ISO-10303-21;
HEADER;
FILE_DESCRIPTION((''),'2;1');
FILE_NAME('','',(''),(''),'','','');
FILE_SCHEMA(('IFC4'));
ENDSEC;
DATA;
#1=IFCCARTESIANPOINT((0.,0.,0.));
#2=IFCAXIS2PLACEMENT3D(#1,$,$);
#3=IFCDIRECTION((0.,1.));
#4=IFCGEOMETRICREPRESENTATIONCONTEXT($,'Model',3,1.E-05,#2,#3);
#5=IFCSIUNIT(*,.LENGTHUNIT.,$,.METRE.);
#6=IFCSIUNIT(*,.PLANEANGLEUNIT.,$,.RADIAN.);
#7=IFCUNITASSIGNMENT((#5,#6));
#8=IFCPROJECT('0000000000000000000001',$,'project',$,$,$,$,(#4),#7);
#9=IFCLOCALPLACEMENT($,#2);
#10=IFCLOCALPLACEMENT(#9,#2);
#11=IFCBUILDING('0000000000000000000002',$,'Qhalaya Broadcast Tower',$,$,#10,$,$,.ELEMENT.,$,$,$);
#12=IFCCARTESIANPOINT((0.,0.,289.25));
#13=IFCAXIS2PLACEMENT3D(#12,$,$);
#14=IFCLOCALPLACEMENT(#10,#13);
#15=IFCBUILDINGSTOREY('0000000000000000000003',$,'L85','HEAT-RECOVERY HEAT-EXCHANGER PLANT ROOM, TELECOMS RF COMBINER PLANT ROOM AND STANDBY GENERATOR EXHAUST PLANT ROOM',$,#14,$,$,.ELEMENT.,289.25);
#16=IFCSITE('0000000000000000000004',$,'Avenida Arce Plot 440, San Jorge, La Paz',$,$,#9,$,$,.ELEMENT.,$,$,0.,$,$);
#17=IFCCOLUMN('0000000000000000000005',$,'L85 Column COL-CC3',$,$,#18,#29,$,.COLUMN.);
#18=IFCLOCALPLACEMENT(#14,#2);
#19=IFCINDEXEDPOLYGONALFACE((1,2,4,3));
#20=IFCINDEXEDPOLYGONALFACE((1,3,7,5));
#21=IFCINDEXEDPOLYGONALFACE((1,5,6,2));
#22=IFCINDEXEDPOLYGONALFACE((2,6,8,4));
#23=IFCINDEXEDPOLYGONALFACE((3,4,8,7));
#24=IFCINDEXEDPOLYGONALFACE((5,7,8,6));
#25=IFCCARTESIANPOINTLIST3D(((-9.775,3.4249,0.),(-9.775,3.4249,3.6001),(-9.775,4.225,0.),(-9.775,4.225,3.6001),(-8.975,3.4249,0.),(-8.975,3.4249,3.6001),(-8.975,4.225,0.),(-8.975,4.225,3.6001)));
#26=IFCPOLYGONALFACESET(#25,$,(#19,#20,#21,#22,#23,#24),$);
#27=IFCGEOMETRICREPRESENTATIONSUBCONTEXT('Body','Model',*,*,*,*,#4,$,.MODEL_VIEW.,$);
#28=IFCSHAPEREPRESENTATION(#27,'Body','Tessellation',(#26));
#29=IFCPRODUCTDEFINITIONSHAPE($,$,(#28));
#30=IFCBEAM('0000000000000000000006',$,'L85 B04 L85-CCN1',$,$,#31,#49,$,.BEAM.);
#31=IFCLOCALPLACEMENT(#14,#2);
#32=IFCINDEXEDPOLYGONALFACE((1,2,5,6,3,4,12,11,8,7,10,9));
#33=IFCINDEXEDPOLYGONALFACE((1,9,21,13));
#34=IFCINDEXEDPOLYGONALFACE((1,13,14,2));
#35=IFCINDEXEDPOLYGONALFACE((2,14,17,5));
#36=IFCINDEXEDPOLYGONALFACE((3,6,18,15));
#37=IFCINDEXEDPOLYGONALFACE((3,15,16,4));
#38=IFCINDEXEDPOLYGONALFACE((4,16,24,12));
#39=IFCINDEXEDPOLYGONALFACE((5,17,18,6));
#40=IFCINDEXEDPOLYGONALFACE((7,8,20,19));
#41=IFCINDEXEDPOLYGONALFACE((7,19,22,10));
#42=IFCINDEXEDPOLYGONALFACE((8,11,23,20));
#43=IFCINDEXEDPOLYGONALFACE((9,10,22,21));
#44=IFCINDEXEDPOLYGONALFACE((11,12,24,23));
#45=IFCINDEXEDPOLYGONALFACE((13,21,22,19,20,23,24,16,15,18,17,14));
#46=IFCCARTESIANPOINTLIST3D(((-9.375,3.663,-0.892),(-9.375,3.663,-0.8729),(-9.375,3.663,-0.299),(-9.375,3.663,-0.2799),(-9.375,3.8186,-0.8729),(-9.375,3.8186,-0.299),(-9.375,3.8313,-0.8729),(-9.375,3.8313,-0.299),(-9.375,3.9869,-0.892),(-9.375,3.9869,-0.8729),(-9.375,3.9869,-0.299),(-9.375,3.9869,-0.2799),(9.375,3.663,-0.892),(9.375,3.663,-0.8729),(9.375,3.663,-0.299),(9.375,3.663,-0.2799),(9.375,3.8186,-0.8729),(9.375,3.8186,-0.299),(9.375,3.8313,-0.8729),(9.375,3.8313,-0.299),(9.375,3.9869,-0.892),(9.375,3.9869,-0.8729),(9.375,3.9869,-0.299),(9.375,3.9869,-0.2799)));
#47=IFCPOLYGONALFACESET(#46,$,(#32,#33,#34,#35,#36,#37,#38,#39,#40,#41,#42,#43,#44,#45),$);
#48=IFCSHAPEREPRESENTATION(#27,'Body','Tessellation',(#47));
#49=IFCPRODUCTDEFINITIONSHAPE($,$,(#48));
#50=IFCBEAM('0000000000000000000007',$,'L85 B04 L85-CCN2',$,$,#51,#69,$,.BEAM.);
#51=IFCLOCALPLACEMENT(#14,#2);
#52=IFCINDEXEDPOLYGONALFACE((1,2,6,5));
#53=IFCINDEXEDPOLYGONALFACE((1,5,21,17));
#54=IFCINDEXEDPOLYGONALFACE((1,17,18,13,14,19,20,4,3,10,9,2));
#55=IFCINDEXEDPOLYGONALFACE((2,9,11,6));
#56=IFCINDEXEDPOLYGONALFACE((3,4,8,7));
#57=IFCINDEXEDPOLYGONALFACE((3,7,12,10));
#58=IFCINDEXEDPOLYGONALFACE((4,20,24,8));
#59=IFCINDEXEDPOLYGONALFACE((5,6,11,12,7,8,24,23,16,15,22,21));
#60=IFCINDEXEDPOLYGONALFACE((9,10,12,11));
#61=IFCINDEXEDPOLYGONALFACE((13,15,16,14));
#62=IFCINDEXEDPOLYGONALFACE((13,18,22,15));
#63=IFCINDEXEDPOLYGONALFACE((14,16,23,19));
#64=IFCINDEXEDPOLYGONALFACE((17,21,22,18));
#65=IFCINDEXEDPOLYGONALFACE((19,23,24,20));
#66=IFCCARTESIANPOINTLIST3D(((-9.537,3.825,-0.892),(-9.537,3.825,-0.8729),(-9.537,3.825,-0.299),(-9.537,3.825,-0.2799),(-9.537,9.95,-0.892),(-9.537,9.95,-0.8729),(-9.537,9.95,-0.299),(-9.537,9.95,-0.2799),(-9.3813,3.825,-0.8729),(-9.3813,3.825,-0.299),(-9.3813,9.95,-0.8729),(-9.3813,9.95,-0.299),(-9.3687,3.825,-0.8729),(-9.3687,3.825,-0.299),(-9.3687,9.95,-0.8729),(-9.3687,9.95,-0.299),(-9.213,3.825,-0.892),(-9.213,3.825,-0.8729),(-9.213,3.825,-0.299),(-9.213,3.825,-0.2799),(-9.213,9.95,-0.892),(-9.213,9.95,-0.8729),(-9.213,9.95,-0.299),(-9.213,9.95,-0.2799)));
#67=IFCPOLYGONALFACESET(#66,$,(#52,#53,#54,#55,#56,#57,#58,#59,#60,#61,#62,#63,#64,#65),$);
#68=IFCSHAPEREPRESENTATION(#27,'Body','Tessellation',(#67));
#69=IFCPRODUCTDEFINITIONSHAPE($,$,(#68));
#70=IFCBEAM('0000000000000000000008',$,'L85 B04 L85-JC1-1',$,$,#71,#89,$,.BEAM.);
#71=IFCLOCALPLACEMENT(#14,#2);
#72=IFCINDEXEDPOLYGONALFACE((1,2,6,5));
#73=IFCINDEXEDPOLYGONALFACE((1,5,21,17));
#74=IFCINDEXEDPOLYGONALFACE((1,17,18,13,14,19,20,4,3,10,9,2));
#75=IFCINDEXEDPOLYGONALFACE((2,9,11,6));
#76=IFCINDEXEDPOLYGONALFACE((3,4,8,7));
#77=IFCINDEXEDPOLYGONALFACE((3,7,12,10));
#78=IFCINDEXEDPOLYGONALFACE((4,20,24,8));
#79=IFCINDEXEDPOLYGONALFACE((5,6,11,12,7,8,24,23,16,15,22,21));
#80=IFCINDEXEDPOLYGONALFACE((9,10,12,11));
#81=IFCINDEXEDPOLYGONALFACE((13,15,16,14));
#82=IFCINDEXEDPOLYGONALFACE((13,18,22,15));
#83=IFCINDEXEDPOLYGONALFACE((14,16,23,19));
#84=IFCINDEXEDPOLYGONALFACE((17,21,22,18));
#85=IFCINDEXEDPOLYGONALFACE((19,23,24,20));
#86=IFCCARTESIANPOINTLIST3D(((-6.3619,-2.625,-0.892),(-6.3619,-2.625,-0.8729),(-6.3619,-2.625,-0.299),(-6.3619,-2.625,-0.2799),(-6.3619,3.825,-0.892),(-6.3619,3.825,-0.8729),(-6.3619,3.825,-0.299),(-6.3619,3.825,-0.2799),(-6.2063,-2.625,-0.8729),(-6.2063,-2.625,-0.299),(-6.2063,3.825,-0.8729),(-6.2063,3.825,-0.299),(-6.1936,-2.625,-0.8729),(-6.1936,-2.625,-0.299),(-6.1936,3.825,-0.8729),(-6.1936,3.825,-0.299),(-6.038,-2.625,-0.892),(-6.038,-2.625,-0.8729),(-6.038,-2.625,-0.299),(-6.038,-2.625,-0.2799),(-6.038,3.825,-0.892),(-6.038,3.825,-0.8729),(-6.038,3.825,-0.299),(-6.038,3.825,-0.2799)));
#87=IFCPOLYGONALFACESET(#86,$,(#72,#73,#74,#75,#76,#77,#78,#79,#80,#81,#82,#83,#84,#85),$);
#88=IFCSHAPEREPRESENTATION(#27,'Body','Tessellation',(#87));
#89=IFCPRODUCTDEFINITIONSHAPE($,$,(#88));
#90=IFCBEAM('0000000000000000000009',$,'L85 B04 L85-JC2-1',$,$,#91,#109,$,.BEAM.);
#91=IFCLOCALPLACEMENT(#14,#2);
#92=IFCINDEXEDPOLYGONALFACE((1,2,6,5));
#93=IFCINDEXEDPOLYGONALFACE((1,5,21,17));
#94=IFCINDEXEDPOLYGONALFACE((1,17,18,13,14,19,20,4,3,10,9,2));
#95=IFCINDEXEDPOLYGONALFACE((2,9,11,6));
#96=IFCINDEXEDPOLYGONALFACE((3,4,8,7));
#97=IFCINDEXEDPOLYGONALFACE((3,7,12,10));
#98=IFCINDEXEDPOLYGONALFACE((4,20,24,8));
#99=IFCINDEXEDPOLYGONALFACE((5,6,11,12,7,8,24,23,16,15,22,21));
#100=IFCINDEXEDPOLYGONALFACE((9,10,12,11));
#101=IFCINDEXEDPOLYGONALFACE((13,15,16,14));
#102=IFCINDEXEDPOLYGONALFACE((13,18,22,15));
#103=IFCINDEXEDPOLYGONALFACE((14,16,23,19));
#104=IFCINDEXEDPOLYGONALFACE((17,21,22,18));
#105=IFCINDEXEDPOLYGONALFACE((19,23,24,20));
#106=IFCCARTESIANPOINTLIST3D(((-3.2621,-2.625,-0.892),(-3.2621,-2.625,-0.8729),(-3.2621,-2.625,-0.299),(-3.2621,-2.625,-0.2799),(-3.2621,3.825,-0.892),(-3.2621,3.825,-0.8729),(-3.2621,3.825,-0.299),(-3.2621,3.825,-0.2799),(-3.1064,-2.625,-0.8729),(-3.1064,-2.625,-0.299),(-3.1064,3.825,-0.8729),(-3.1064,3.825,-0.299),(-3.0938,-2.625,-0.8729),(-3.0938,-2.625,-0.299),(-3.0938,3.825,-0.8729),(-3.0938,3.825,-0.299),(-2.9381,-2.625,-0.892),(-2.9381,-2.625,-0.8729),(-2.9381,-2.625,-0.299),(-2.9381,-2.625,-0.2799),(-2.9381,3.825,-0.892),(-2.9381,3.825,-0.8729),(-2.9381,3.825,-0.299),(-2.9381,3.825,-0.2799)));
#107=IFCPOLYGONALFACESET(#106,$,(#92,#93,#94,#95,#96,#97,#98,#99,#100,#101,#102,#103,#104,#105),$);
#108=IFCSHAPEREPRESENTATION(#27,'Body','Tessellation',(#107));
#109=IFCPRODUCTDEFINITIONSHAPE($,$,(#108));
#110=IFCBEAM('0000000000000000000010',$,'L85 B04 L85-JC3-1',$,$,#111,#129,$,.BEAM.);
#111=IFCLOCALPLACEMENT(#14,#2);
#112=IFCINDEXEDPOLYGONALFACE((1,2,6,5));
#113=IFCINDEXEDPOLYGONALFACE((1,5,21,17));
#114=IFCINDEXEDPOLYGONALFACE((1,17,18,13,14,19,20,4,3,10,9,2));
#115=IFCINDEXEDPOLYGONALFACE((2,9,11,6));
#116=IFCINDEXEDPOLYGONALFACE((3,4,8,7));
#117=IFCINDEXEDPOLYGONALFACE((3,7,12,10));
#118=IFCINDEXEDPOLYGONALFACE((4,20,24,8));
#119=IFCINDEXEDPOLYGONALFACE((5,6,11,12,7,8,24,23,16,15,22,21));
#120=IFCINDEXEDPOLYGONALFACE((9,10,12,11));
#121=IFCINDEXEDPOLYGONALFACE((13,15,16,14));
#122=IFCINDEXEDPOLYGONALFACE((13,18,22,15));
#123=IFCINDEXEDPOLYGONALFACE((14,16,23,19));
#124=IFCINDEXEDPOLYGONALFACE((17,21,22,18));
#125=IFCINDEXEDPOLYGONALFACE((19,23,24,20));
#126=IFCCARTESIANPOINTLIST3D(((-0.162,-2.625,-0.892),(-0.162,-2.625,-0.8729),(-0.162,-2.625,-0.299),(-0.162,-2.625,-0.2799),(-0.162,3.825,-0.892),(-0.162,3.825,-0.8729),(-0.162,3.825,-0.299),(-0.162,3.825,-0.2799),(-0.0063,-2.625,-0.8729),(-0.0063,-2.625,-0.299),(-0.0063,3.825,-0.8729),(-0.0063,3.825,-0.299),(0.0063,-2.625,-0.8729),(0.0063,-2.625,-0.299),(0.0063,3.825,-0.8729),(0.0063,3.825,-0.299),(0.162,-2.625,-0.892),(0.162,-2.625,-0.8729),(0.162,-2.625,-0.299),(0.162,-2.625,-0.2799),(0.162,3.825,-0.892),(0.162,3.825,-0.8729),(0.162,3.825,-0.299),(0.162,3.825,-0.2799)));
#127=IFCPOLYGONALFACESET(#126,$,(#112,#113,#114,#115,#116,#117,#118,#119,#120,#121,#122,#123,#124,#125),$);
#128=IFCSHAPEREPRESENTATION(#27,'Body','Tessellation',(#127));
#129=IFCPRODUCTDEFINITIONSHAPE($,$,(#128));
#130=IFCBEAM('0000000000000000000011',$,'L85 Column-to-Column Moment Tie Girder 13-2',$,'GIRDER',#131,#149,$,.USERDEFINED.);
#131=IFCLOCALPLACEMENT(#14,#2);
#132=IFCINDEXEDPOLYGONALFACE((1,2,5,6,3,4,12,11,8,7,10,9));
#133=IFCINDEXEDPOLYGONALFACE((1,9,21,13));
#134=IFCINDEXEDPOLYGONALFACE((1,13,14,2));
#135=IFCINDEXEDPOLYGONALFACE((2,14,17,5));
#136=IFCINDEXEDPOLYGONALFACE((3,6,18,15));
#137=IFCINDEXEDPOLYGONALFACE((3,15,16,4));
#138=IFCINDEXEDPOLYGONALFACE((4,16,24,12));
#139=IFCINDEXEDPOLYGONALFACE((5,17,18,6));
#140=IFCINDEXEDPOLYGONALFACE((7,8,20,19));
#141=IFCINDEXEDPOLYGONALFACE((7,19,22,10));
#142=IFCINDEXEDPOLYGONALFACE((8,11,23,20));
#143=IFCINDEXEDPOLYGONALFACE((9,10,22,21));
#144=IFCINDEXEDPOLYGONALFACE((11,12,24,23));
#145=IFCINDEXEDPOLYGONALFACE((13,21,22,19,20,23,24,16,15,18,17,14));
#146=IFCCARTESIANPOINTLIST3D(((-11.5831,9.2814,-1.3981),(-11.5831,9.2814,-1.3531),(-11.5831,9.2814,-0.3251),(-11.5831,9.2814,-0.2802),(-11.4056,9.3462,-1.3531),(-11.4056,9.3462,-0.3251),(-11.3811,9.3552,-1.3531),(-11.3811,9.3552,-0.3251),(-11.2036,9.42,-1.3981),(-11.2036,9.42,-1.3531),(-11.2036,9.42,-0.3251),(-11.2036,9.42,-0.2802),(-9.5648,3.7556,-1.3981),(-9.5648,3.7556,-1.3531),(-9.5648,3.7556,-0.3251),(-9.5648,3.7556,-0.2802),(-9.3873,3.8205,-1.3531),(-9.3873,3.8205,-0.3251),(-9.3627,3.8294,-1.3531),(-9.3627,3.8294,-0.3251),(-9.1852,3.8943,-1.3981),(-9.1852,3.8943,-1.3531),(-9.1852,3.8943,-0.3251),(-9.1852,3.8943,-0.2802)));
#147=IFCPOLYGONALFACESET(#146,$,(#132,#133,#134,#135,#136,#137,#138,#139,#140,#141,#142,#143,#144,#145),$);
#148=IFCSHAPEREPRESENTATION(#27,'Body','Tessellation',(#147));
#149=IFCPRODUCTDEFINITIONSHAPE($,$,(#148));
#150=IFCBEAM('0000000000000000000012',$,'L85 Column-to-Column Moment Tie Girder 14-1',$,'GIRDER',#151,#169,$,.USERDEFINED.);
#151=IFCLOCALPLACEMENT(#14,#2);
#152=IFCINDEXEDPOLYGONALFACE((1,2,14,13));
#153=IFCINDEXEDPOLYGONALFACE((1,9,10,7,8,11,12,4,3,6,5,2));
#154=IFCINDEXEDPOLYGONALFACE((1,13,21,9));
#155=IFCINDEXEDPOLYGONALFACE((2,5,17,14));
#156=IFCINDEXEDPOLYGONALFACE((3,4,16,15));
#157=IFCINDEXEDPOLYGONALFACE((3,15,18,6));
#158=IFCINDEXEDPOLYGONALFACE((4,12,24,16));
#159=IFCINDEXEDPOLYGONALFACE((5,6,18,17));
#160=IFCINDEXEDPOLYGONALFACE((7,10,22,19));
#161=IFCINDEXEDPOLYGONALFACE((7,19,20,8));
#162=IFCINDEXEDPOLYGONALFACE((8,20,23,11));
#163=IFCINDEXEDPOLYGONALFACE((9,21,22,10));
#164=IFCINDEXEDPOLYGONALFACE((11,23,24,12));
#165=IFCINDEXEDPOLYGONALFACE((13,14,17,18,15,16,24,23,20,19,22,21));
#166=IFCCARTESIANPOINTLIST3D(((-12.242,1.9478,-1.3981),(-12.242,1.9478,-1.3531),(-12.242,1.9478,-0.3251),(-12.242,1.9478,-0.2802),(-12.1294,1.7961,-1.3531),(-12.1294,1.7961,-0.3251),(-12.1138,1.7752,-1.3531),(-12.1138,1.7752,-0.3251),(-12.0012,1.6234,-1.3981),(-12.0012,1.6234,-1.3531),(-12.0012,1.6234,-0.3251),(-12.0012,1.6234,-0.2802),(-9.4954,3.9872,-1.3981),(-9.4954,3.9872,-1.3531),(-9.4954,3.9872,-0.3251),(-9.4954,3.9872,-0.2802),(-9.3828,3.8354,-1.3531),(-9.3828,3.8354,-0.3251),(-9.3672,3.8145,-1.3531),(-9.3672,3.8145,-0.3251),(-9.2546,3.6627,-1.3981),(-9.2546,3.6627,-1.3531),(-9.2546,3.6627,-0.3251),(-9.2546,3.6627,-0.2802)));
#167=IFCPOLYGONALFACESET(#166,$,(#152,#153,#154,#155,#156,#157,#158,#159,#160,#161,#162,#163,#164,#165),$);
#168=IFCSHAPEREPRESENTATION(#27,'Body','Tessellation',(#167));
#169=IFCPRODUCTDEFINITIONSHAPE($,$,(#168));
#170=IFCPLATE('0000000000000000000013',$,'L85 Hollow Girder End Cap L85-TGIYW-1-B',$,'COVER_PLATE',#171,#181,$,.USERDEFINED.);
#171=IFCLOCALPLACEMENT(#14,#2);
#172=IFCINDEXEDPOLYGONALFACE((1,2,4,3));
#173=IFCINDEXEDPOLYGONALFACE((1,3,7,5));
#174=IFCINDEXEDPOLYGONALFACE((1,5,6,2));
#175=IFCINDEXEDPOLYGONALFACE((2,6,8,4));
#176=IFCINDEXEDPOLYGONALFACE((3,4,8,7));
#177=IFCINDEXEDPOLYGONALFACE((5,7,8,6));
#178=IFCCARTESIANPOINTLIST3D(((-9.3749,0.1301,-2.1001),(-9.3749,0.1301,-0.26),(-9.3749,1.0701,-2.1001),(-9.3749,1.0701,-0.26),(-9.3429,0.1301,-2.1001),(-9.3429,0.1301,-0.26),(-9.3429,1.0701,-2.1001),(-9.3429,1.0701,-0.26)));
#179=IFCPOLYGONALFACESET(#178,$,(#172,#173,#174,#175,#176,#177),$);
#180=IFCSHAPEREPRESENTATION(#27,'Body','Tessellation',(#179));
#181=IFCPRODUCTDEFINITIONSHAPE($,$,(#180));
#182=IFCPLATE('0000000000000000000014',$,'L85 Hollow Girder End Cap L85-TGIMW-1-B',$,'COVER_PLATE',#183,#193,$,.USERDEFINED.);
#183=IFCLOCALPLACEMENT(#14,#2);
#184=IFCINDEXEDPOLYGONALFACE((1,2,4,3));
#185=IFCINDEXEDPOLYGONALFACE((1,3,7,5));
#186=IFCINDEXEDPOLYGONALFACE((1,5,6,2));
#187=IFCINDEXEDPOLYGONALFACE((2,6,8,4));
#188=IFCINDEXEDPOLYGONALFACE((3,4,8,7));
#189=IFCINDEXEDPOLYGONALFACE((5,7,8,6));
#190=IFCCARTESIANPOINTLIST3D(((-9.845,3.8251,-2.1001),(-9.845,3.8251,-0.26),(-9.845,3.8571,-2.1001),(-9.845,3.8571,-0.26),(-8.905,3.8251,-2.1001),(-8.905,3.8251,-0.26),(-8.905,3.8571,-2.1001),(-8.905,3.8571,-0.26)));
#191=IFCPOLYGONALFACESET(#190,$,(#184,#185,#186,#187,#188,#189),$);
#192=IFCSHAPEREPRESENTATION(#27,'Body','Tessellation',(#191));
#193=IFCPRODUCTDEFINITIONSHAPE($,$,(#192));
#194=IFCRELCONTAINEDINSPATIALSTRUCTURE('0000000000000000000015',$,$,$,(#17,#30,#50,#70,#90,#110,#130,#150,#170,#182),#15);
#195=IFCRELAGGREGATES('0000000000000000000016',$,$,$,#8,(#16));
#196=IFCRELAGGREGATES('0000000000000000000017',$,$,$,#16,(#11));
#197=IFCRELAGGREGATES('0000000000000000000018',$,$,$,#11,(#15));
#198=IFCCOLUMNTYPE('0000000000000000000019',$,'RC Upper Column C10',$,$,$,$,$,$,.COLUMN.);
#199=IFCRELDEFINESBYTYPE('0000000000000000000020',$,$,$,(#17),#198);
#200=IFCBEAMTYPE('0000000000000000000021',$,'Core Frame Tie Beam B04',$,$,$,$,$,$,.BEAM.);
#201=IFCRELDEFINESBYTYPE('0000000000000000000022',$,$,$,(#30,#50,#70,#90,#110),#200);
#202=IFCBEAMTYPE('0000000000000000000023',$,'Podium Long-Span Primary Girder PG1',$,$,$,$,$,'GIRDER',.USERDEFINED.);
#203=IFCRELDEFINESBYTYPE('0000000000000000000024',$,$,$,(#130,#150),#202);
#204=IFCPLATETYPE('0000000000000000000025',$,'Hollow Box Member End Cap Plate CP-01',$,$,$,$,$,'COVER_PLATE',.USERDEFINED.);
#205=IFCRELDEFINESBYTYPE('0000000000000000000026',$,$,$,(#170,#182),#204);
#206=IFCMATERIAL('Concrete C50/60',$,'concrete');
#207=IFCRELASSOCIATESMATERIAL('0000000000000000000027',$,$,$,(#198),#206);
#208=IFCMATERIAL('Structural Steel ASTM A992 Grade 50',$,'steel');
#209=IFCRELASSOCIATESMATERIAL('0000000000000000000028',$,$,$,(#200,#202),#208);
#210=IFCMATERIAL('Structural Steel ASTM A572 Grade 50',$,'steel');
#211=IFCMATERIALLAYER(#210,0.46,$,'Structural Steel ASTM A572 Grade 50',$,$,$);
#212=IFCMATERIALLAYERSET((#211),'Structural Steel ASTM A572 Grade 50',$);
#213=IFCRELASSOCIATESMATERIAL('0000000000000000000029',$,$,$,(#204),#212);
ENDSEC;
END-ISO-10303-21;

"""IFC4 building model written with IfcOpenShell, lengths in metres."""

from ifc_helpers import new_model, si_unit, direction, frame, origin, origin_2d, place, context, subcontext, project, spatial, rectangle, i_section, extrude, material, layer, layer_set, material_profile, profile_set, type_object, element, save


model = new_model("IFC4")

# Units and contexts
model_context = context("Model", 3, precision=1e-05, world=origin(), true_north=direction((0.0, 1.0)))
body_context = subcontext(model_context, "Body", "Model", "MODEL_VIEW")
ifc_project = project(units=[si_unit("LENGTHUNIT", "METRE"), si_unit("PLANEANGLEUNIT", "RADIAN")], contexts=[model_context])

# Site, building, storey
site_placement = place(None, origin())
site = spatial("IfcSite", under=ifc_project, at=site_placement, Name="Avenida Arce Plot 440, San Jorge, La Paz", CompositionType="ELEMENT", RefElevation=0.0)
building_placement = place(site_placement, origin())
building = spatial("IfcBuilding", under=site, at=building_placement, Name="Qhalaya Broadcast Tower", CompositionType="ELEMENT")
storey_placement = place(building_placement, frame((0.0, 0.0, 289.25)))
storey = spatial("IfcBuildingStorey", under=building, at=storey_placement, Name="L85", Description="HEAT-RECOVERY HEAT-EXCHANGER PLANT ROOM, TELECOMS RF COMBINER PLANT ROOM AND STANDBY GENERATOR EXHAUST PLANT ROOM", CompositionType="ELEMENT", Elevation=289.25)

# Column
ifc_material_1 = material(Name="Concrete C50/60", Category="concrete")
ifc_material_profile_1 = material_profile(ifc_material_1, rectangle(XDim=0.8, YDim=0.8, at=origin_2d()), Name="RC-COL 800x800")
ifc_profile_set_1 = profile_set([ifc_material_profile_1], Name="Concrete C50/60")
column_type = type_object("IfcColumnType", Name="RC Upper Column C10", PredefinedType="COLUMN", material=ifc_profile_set_1)
column_placement = place(storey_placement, frame((-9.375, 3.825, 0.0), z_axis=(0.0, 0.0, 1.0), x_axis=(1.0, 0.0, 0.0)))
element("IfcColumn", 1, at=column_placement, inside=storey, type_object=column_type, Name="L85 Column COL-CC3", PredefinedType="COLUMN", context=body_context, shape_type="SweptSolid", body=[
    extrude(rectangle(XDim=0.8, YDim=0.8, at=origin_2d()), origin(), (0.0, 0.0, 1.0), 3.6001),
])

# Beams
ifc_material_2 = material(Name="Structural Steel ASTM A992 Grade 50", Category="steel")
ifc_material_profile_2 = material_profile(ifc_material_2, i_section(OverallWidth=0.324, OverallDepth=0.6121, WebThickness=0.0127, FlangeThickness=0.019, at=origin_2d()), Name="W24X104")
ifc_profile_set_2 = profile_set([ifc_material_profile_2], Name="Structural Steel ASTM A992 Grade 50")
beam_type_1 = type_object("IfcBeamType", Name="Core Frame Tie Beam B04", PredefinedType="BEAM", material=ifc_profile_set_2)
beam_1_placement = place(storey_placement, frame((-9.375, 3.825, -0.5859), z_axis=(1.0, 0.0, 0.0), x_axis=(0.0, 1.0, 0.0)))
element("IfcBeam", 2, at=beam_1_placement, inside=storey, type_object=beam_type_1, Name="L85 B04 L85-CCN1", PredefinedType="BEAM", context=body_context, shape_type="SweptSolid", body=[
    extrude(i_section(OverallWidth=0.324, OverallDepth=0.6121, WebThickness=0.0127, FlangeThickness=0.019, at=origin_2d()), origin(), (0.0, 0.0, 1.0), 18.75),
])
beam_2_placement = place(storey_placement, frame((-9.375, 3.825, -0.5859), z_axis=(0.0, 1.0, 0.0), x_axis=(-1.0, 0.0, 0.0)))
element("IfcBeam", 3, at=beam_2_placement, inside=storey, type_object=beam_type_1, Name="L85 B04 L85-CCN2", PredefinedType="BEAM", context=body_context, shape_type="SweptSolid", body=[
    extrude(i_section(OverallWidth=0.324, OverallDepth=0.6121, WebThickness=0.0127, FlangeThickness=0.019, at=origin_2d()), origin(), (0.0, 0.0, 1.0), 6.125),
])
for number, where, z_axis, x_axis, name in (
    (4, (-6.2, -2.625, -0.5859), (0.0, 1.0, 0.0), (-1.0, 0.0, 0.0), "L85 B04 L85-JC1-1"),
    (5, (-3.1001, -2.625, -0.5859), (0.0, 1.0, 0.0), (-1.0, 0.0, 0.0), "L85 B04 L85-JC2-1"),
    (6, (0.0, -2.625, -0.5859), (0.0, 1.0, 0.0), (-1.0, 0.0, 0.0), "L85 B04 L85-JC3-1"),
):
    element("IfcBeam", number, at=place(storey_placement, frame(where, z_axis=z_axis, x_axis=x_axis)), inside=storey, type_object=beam_type_1, Name=name, PredefinedType="BEAM", context=body_context, shape_type="SweptSolid", body=[
        extrude(i_section(OverallWidth=0.324, OverallDepth=0.6121, WebThickness=0.0127, FlangeThickness=0.019, at=origin_2d()), origin(), (0.0, 0.0, 1.0), 6.45),
    ])
ifc_material_profile_3 = material_profile(ifc_material_2, i_section(OverallWidth=0.4041, OverallDepth=1.1179, WebThickness=0.0261, FlangeThickness=0.0449, at=origin_2d()), Name="W44X335")
ifc_profile_set_3 = profile_set([ifc_material_profile_3], Name="Structural Steel ASTM A992 Grade 50")
beam_type_2 = type_object("IfcBeamType", Name="Podium Long-Span Primary Girder PG1", ElementType="GIRDER", PredefinedType="USERDEFINED", material=ifc_profile_set_3)
beam_3_placement = place(storey_placement, frame((-9.375, 3.825, -0.8391), z_axis=(-0.343092, 0.939302, 0.0), x_axis=(-0.939302, -0.343092, 0.0)))
element("IfcBeam", 7, at=beam_3_placement, inside=storey, type_object=beam_type_2, Name="L85 Column-to-Column Moment Tie Girder 13-2", ObjectType="GIRDER", PredefinedType="USERDEFINED", context=body_context, shape_type="SweptSolid", body=[
    extrude(i_section(OverallWidth=0.4041, OverallDepth=1.1179, WebThickness=0.0261, FlangeThickness=0.0449, at=origin_2d()), origin(), (0.0, 0.0, 1.0), 5.8828),
])
beam_4_placement = place(storey_placement, frame((-9.375, 3.825, -0.8391), z_axis=(-0.802885, -0.596133, 0.0), x_axis=(0.596133, -0.802885, 0.0)))
element("IfcBeam", 8, at=beam_4_placement, inside=storey, type_object=beam_type_2, Name="L85 Column-to-Column Moment Tie Girder 14-1", ObjectType="GIRDER", PredefinedType="USERDEFINED", context=body_context, shape_type="SweptSolid", body=[
    extrude(i_section(OverallWidth=0.4041, OverallDepth=1.1179, WebThickness=0.0261, FlangeThickness=0.0449, at=origin_2d()), origin(), (0.0, 0.0, 1.0), 3.4209),
])

# Plates
ifc_material_3 = material(Name="Structural Steel ASTM A572 Grade 50", Category="steel")
ifc_layer_1 = layer(ifc_material_3, 0.46, Name="Structural Steel ASTM A572 Grade 50")
ifc_layer_set_1 = layer_set([ifc_layer_1], Name="Structural Steel ASTM A572 Grade 50")
plate_type = type_object("IfcPlateType", Name="Hollow Box Member End Cap Plate CP-01", ElementType="COVER_PLATE", PredefinedType="USERDEFINED", material=ifc_layer_set_1)
for number, where, z_axis, x_axis, name in (
    (9, (-9.3589, 0.6001, -2.1001), (0.0, 0.0, 1.0), (0.0, 1.0, 0.0), "L85 Hollow Girder End Cap L85-TGIYW-1-B"),
    (10, (-9.375, 3.8411, -2.1001), (0.0, 0.0, 1.0), (-1.0, 0.0, 0.0), "L85 Hollow Girder End Cap L85-TGIMW-1-B"),
):
    element("IfcPlate", number, at=place(storey_placement, frame(where, z_axis=z_axis, x_axis=x_axis)), inside=storey, type_object=plate_type, Name=name, ObjectType="COVER_PLATE", PredefinedType="USERDEFINED", context=body_context, shape_type="SweptSolid", body=[
        extrude(rectangle(XDim=0.9399, YDim=0.032, at=origin_2d()), origin(), (0.0, 0.0, 1.0), 1.8401),
    ])

save(model, "model.ifc")
